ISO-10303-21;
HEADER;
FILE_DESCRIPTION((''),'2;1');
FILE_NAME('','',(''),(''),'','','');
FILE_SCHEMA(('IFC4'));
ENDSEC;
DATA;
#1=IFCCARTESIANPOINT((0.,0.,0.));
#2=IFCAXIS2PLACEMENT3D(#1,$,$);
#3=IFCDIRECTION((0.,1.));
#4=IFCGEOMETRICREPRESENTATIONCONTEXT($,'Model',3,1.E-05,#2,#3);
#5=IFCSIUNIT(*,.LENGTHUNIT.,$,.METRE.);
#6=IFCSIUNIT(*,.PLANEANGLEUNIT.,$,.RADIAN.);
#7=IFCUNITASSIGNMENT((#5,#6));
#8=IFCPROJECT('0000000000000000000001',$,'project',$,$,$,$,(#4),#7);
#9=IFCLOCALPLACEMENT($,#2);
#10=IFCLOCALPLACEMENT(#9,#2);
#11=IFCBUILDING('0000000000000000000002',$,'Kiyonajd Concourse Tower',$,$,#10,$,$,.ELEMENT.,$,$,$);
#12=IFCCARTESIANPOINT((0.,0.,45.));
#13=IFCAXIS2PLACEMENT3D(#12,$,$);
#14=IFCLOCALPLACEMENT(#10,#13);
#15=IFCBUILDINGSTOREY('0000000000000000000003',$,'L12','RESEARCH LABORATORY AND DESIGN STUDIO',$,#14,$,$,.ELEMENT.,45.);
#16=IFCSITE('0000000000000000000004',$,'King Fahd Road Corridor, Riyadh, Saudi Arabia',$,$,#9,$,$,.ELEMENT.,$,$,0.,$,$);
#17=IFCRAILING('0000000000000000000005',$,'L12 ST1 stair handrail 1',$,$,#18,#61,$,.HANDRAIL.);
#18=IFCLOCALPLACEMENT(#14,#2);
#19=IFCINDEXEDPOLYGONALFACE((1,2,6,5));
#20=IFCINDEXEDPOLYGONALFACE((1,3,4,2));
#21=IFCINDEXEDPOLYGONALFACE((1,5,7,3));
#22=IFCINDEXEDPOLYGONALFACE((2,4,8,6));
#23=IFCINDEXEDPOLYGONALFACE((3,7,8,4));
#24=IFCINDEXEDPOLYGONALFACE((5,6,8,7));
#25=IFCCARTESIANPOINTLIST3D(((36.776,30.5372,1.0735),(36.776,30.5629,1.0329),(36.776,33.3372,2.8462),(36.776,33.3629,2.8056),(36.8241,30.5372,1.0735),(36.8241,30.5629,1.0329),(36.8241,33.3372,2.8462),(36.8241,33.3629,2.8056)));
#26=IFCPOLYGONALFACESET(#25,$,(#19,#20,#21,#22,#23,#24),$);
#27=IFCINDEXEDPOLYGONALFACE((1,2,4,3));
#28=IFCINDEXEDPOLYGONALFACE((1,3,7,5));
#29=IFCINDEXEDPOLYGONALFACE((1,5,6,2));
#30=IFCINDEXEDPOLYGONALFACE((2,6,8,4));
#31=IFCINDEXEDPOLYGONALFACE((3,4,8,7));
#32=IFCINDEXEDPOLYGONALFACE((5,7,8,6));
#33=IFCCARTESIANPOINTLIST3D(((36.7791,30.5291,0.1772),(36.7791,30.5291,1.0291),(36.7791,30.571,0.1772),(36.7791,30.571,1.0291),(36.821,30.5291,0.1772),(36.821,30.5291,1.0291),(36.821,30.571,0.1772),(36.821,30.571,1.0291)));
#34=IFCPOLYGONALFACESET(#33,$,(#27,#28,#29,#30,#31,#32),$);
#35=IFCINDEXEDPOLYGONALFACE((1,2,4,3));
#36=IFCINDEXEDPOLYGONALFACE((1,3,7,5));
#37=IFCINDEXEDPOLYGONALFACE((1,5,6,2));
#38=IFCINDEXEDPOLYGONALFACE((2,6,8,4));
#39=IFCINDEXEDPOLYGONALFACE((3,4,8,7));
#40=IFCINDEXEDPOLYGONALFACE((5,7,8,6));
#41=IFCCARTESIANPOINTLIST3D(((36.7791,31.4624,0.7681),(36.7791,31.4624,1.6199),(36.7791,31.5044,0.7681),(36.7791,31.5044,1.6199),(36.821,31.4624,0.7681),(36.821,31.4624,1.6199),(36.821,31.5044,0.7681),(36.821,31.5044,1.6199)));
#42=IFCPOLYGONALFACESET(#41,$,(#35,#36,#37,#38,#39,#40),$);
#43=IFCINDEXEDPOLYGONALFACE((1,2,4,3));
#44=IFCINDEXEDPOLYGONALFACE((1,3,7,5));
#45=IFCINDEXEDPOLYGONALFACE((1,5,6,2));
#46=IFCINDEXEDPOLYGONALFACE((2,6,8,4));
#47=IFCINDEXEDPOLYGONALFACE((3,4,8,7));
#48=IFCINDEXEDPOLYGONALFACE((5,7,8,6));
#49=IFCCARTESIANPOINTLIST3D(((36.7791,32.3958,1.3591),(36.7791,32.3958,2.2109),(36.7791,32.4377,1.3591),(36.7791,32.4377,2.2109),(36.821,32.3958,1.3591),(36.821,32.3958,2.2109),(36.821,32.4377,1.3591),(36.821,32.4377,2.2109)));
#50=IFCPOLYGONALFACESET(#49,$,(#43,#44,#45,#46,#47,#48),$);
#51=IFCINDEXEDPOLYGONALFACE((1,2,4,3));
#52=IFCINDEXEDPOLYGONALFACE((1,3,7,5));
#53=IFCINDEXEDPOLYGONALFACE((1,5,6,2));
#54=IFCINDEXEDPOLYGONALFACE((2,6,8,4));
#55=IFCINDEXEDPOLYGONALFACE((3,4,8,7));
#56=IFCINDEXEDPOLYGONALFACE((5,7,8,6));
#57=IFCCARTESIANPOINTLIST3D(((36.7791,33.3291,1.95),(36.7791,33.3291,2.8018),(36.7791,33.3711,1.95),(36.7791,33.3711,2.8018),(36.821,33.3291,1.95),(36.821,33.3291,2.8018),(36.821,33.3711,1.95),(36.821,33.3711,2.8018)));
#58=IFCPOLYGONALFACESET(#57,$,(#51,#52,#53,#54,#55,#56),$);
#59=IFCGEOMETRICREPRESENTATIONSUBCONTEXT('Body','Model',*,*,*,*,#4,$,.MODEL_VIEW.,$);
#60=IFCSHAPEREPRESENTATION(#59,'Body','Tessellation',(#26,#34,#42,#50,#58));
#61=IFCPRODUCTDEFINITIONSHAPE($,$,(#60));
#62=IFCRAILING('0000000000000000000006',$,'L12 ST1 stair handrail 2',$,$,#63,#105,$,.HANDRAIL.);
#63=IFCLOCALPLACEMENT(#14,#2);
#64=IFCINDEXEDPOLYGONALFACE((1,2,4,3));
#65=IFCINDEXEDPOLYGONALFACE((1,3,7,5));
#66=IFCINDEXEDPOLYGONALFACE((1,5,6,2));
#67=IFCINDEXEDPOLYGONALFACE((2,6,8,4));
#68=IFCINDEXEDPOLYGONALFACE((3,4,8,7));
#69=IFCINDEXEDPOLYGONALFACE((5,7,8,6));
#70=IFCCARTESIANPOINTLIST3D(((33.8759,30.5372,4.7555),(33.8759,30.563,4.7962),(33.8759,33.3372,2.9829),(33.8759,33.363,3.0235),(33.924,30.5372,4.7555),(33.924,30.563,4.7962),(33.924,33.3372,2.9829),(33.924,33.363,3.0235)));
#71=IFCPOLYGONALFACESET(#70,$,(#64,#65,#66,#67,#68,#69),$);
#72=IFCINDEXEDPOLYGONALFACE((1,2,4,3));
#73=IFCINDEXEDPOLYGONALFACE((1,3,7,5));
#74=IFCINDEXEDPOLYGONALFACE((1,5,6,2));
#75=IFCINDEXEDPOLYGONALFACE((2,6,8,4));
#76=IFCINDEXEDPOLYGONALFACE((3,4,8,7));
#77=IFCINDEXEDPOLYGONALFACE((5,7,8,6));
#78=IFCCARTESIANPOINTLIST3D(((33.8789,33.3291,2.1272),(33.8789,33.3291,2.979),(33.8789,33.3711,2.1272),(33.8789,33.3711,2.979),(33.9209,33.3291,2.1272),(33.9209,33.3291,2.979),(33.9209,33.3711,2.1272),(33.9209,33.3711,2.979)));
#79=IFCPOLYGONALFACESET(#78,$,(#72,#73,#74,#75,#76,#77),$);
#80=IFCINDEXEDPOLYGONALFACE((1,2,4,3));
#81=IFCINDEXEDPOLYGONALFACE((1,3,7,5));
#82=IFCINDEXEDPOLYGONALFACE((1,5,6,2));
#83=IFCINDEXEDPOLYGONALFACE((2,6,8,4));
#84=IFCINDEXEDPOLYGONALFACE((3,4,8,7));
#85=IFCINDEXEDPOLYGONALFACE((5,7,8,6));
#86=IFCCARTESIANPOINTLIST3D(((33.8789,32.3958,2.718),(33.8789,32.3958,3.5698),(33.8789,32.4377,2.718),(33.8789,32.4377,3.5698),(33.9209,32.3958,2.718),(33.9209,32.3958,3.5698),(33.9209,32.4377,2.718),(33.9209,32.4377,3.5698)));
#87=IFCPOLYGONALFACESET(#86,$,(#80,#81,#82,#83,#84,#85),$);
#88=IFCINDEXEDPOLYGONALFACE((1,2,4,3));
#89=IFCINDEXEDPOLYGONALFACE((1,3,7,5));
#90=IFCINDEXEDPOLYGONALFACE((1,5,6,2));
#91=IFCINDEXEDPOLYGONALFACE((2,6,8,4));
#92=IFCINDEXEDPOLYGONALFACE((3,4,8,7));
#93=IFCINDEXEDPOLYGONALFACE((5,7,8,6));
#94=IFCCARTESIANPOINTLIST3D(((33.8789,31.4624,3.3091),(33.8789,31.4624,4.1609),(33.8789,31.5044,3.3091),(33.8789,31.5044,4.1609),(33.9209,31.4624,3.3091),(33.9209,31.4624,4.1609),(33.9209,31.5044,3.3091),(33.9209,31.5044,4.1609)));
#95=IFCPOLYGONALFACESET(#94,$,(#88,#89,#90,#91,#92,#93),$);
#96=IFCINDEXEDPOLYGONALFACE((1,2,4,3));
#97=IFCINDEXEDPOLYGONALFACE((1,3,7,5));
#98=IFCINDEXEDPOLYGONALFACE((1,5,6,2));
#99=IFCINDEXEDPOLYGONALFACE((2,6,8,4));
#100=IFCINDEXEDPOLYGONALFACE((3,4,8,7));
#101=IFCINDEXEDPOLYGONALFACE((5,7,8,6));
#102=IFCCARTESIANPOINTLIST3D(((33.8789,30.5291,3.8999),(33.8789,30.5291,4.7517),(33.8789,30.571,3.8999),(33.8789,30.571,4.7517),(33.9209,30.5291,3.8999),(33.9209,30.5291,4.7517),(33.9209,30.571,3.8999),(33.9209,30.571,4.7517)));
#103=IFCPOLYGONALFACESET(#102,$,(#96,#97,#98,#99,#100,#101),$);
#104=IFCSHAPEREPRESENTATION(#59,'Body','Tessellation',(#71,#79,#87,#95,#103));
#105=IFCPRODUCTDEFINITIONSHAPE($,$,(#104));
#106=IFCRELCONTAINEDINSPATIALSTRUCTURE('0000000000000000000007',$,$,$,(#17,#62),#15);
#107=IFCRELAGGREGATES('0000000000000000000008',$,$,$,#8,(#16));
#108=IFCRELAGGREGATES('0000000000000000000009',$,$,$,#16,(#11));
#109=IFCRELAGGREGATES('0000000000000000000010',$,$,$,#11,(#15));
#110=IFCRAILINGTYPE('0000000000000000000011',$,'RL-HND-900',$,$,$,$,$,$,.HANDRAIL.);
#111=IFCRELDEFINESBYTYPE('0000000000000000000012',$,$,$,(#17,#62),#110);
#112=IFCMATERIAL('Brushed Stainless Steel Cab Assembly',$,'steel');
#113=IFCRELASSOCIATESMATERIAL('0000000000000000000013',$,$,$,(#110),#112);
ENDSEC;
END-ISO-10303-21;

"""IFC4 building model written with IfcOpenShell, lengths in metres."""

from ifc_helpers import new_model, si_unit, direction, frame, origin, origin_2d, place, context, subcontext, project, spatial, rectangle, extrude, material, type_object, element, save


model = new_model("IFC4")

# Units and contexts
model_context = context("Model", 3, precision=1e-05, world=origin(), true_north=direction((0.0, 1.0)))
body_context = subcontext(model_context, "Body", "Model", "MODEL_VIEW")
ifc_project = project(units=[si_unit("LENGTHUNIT", "METRE"), si_unit("PLANEANGLEUNIT", "RADIAN")], contexts=[model_context])

# Site, building, storey
site_placement = place(None, origin())
site = spatial("IfcSite", under=ifc_project, at=site_placement, Name="King Fahd Road Corridor, Riyadh, Saudi Arabia", CompositionType="ELEMENT", RefElevation=0.0)
building_placement = place(site_placement, origin())
building = spatial("IfcBuilding", under=site, at=building_placement, Name="Kiyonajd Concourse Tower", CompositionType="ELEMENT")
storey_placement = place(building_placement, frame((0.0, 0.0, 45.0)))
storey = spatial("IfcBuildingStorey", under=building, at=storey_placement, Name="L12", Description="RESEARCH LABORATORY AND DESIGN STUDIO", CompositionType="ELEMENT", Elevation=45.0)

# Shared definitions
ifc_material_1 = material(Name="Brushed Stainless Steel Cab Assembly", Category="steel")

# Railings
railing_type_1 = type_object("IfcRailingType", Name="RL-HND-900", PredefinedType="HANDRAIL", material=ifc_material_1)
railing_1_placement = place(storey_placement, frame((36.8, 30.55, 0.1772)))
element("IfcRailing", 1, at=railing_1_placement, inside=storey, type_object=railing_type_1, Name="L12 ST1 stair handrail 1", PredefinedType="HANDRAIL", context=body_context, shape_type="SweptSolid", body=[
    extrude(rectangle(XDim=0.0481, YDim=0.0481, at=origin_2d()), frame((0.0, 0.0, 0.876), z_axis=(0.0, 0.844909, 0.53491), x_axis=(-1.0, 0.0, 0.0)), (0.0, 0.0, 1.0), 3.314),
    extrude(rectangle(XDim=0.042, YDim=0.042, at=origin_2d()), origin(), (0.0, 0.0, 1.0), 0.8518),
    extrude(rectangle(XDim=0.042, YDim=0.042, at=origin_2d()), frame((0.0, 0.9333, 0.5908)), (0.0, 0.0, 1.0), 0.8518),
    extrude(rectangle(XDim=0.042, YDim=0.042, at=origin_2d()), frame((0.0, 1.8667, 1.1819)), (0.0, 0.0, 1.0), 0.8518),
    extrude(rectangle(XDim=0.042, YDim=0.042, at=origin_2d()), frame((0.0, 2.8, 1.7727)), (0.0, 0.0, 1.0), 0.8518),
])
railing_2_placement = place(storey_placement, frame((33.8999, 33.3501, 2.1272)))
element("IfcRailing", 2, at=railing_2_placement, inside=storey, type_object=railing_type_1, Name="L12 ST1 stair handrail 2", PredefinedType="HANDRAIL", context=body_context, shape_type="SweptSolid", body=[
    extrude(rectangle(XDim=0.0481, YDim=0.0481, at=origin_2d()), frame((0.0, 0.0, 0.876), z_axis=(0.0, -0.844909, 0.53491), x_axis=(1.0, 0.0, 0.0)), (0.0, 0.0, 1.0), 3.314),
    extrude(rectangle(XDim=0.042, YDim=0.042, at=origin_2d()), origin(), (0.0, 0.0, 1.0), 0.8518),
    extrude(rectangle(XDim=0.042, YDim=0.042, at=origin_2d()), frame((0.0, -0.9333, 0.5908)), (0.0, 0.0, 1.0), 0.8518),
    extrude(rectangle(XDim=0.042, YDim=0.042, at=origin_2d()), frame((0.0, -1.8667, 1.1819)), (0.0, 0.0, 1.0), 0.8518),
    extrude(rectangle(XDim=0.042, YDim=0.042, at=origin_2d()), frame((0.0, -2.8, 1.7727)), (0.0, 0.0, 1.0), 0.8518),
])

save(model, "model.ifc")
